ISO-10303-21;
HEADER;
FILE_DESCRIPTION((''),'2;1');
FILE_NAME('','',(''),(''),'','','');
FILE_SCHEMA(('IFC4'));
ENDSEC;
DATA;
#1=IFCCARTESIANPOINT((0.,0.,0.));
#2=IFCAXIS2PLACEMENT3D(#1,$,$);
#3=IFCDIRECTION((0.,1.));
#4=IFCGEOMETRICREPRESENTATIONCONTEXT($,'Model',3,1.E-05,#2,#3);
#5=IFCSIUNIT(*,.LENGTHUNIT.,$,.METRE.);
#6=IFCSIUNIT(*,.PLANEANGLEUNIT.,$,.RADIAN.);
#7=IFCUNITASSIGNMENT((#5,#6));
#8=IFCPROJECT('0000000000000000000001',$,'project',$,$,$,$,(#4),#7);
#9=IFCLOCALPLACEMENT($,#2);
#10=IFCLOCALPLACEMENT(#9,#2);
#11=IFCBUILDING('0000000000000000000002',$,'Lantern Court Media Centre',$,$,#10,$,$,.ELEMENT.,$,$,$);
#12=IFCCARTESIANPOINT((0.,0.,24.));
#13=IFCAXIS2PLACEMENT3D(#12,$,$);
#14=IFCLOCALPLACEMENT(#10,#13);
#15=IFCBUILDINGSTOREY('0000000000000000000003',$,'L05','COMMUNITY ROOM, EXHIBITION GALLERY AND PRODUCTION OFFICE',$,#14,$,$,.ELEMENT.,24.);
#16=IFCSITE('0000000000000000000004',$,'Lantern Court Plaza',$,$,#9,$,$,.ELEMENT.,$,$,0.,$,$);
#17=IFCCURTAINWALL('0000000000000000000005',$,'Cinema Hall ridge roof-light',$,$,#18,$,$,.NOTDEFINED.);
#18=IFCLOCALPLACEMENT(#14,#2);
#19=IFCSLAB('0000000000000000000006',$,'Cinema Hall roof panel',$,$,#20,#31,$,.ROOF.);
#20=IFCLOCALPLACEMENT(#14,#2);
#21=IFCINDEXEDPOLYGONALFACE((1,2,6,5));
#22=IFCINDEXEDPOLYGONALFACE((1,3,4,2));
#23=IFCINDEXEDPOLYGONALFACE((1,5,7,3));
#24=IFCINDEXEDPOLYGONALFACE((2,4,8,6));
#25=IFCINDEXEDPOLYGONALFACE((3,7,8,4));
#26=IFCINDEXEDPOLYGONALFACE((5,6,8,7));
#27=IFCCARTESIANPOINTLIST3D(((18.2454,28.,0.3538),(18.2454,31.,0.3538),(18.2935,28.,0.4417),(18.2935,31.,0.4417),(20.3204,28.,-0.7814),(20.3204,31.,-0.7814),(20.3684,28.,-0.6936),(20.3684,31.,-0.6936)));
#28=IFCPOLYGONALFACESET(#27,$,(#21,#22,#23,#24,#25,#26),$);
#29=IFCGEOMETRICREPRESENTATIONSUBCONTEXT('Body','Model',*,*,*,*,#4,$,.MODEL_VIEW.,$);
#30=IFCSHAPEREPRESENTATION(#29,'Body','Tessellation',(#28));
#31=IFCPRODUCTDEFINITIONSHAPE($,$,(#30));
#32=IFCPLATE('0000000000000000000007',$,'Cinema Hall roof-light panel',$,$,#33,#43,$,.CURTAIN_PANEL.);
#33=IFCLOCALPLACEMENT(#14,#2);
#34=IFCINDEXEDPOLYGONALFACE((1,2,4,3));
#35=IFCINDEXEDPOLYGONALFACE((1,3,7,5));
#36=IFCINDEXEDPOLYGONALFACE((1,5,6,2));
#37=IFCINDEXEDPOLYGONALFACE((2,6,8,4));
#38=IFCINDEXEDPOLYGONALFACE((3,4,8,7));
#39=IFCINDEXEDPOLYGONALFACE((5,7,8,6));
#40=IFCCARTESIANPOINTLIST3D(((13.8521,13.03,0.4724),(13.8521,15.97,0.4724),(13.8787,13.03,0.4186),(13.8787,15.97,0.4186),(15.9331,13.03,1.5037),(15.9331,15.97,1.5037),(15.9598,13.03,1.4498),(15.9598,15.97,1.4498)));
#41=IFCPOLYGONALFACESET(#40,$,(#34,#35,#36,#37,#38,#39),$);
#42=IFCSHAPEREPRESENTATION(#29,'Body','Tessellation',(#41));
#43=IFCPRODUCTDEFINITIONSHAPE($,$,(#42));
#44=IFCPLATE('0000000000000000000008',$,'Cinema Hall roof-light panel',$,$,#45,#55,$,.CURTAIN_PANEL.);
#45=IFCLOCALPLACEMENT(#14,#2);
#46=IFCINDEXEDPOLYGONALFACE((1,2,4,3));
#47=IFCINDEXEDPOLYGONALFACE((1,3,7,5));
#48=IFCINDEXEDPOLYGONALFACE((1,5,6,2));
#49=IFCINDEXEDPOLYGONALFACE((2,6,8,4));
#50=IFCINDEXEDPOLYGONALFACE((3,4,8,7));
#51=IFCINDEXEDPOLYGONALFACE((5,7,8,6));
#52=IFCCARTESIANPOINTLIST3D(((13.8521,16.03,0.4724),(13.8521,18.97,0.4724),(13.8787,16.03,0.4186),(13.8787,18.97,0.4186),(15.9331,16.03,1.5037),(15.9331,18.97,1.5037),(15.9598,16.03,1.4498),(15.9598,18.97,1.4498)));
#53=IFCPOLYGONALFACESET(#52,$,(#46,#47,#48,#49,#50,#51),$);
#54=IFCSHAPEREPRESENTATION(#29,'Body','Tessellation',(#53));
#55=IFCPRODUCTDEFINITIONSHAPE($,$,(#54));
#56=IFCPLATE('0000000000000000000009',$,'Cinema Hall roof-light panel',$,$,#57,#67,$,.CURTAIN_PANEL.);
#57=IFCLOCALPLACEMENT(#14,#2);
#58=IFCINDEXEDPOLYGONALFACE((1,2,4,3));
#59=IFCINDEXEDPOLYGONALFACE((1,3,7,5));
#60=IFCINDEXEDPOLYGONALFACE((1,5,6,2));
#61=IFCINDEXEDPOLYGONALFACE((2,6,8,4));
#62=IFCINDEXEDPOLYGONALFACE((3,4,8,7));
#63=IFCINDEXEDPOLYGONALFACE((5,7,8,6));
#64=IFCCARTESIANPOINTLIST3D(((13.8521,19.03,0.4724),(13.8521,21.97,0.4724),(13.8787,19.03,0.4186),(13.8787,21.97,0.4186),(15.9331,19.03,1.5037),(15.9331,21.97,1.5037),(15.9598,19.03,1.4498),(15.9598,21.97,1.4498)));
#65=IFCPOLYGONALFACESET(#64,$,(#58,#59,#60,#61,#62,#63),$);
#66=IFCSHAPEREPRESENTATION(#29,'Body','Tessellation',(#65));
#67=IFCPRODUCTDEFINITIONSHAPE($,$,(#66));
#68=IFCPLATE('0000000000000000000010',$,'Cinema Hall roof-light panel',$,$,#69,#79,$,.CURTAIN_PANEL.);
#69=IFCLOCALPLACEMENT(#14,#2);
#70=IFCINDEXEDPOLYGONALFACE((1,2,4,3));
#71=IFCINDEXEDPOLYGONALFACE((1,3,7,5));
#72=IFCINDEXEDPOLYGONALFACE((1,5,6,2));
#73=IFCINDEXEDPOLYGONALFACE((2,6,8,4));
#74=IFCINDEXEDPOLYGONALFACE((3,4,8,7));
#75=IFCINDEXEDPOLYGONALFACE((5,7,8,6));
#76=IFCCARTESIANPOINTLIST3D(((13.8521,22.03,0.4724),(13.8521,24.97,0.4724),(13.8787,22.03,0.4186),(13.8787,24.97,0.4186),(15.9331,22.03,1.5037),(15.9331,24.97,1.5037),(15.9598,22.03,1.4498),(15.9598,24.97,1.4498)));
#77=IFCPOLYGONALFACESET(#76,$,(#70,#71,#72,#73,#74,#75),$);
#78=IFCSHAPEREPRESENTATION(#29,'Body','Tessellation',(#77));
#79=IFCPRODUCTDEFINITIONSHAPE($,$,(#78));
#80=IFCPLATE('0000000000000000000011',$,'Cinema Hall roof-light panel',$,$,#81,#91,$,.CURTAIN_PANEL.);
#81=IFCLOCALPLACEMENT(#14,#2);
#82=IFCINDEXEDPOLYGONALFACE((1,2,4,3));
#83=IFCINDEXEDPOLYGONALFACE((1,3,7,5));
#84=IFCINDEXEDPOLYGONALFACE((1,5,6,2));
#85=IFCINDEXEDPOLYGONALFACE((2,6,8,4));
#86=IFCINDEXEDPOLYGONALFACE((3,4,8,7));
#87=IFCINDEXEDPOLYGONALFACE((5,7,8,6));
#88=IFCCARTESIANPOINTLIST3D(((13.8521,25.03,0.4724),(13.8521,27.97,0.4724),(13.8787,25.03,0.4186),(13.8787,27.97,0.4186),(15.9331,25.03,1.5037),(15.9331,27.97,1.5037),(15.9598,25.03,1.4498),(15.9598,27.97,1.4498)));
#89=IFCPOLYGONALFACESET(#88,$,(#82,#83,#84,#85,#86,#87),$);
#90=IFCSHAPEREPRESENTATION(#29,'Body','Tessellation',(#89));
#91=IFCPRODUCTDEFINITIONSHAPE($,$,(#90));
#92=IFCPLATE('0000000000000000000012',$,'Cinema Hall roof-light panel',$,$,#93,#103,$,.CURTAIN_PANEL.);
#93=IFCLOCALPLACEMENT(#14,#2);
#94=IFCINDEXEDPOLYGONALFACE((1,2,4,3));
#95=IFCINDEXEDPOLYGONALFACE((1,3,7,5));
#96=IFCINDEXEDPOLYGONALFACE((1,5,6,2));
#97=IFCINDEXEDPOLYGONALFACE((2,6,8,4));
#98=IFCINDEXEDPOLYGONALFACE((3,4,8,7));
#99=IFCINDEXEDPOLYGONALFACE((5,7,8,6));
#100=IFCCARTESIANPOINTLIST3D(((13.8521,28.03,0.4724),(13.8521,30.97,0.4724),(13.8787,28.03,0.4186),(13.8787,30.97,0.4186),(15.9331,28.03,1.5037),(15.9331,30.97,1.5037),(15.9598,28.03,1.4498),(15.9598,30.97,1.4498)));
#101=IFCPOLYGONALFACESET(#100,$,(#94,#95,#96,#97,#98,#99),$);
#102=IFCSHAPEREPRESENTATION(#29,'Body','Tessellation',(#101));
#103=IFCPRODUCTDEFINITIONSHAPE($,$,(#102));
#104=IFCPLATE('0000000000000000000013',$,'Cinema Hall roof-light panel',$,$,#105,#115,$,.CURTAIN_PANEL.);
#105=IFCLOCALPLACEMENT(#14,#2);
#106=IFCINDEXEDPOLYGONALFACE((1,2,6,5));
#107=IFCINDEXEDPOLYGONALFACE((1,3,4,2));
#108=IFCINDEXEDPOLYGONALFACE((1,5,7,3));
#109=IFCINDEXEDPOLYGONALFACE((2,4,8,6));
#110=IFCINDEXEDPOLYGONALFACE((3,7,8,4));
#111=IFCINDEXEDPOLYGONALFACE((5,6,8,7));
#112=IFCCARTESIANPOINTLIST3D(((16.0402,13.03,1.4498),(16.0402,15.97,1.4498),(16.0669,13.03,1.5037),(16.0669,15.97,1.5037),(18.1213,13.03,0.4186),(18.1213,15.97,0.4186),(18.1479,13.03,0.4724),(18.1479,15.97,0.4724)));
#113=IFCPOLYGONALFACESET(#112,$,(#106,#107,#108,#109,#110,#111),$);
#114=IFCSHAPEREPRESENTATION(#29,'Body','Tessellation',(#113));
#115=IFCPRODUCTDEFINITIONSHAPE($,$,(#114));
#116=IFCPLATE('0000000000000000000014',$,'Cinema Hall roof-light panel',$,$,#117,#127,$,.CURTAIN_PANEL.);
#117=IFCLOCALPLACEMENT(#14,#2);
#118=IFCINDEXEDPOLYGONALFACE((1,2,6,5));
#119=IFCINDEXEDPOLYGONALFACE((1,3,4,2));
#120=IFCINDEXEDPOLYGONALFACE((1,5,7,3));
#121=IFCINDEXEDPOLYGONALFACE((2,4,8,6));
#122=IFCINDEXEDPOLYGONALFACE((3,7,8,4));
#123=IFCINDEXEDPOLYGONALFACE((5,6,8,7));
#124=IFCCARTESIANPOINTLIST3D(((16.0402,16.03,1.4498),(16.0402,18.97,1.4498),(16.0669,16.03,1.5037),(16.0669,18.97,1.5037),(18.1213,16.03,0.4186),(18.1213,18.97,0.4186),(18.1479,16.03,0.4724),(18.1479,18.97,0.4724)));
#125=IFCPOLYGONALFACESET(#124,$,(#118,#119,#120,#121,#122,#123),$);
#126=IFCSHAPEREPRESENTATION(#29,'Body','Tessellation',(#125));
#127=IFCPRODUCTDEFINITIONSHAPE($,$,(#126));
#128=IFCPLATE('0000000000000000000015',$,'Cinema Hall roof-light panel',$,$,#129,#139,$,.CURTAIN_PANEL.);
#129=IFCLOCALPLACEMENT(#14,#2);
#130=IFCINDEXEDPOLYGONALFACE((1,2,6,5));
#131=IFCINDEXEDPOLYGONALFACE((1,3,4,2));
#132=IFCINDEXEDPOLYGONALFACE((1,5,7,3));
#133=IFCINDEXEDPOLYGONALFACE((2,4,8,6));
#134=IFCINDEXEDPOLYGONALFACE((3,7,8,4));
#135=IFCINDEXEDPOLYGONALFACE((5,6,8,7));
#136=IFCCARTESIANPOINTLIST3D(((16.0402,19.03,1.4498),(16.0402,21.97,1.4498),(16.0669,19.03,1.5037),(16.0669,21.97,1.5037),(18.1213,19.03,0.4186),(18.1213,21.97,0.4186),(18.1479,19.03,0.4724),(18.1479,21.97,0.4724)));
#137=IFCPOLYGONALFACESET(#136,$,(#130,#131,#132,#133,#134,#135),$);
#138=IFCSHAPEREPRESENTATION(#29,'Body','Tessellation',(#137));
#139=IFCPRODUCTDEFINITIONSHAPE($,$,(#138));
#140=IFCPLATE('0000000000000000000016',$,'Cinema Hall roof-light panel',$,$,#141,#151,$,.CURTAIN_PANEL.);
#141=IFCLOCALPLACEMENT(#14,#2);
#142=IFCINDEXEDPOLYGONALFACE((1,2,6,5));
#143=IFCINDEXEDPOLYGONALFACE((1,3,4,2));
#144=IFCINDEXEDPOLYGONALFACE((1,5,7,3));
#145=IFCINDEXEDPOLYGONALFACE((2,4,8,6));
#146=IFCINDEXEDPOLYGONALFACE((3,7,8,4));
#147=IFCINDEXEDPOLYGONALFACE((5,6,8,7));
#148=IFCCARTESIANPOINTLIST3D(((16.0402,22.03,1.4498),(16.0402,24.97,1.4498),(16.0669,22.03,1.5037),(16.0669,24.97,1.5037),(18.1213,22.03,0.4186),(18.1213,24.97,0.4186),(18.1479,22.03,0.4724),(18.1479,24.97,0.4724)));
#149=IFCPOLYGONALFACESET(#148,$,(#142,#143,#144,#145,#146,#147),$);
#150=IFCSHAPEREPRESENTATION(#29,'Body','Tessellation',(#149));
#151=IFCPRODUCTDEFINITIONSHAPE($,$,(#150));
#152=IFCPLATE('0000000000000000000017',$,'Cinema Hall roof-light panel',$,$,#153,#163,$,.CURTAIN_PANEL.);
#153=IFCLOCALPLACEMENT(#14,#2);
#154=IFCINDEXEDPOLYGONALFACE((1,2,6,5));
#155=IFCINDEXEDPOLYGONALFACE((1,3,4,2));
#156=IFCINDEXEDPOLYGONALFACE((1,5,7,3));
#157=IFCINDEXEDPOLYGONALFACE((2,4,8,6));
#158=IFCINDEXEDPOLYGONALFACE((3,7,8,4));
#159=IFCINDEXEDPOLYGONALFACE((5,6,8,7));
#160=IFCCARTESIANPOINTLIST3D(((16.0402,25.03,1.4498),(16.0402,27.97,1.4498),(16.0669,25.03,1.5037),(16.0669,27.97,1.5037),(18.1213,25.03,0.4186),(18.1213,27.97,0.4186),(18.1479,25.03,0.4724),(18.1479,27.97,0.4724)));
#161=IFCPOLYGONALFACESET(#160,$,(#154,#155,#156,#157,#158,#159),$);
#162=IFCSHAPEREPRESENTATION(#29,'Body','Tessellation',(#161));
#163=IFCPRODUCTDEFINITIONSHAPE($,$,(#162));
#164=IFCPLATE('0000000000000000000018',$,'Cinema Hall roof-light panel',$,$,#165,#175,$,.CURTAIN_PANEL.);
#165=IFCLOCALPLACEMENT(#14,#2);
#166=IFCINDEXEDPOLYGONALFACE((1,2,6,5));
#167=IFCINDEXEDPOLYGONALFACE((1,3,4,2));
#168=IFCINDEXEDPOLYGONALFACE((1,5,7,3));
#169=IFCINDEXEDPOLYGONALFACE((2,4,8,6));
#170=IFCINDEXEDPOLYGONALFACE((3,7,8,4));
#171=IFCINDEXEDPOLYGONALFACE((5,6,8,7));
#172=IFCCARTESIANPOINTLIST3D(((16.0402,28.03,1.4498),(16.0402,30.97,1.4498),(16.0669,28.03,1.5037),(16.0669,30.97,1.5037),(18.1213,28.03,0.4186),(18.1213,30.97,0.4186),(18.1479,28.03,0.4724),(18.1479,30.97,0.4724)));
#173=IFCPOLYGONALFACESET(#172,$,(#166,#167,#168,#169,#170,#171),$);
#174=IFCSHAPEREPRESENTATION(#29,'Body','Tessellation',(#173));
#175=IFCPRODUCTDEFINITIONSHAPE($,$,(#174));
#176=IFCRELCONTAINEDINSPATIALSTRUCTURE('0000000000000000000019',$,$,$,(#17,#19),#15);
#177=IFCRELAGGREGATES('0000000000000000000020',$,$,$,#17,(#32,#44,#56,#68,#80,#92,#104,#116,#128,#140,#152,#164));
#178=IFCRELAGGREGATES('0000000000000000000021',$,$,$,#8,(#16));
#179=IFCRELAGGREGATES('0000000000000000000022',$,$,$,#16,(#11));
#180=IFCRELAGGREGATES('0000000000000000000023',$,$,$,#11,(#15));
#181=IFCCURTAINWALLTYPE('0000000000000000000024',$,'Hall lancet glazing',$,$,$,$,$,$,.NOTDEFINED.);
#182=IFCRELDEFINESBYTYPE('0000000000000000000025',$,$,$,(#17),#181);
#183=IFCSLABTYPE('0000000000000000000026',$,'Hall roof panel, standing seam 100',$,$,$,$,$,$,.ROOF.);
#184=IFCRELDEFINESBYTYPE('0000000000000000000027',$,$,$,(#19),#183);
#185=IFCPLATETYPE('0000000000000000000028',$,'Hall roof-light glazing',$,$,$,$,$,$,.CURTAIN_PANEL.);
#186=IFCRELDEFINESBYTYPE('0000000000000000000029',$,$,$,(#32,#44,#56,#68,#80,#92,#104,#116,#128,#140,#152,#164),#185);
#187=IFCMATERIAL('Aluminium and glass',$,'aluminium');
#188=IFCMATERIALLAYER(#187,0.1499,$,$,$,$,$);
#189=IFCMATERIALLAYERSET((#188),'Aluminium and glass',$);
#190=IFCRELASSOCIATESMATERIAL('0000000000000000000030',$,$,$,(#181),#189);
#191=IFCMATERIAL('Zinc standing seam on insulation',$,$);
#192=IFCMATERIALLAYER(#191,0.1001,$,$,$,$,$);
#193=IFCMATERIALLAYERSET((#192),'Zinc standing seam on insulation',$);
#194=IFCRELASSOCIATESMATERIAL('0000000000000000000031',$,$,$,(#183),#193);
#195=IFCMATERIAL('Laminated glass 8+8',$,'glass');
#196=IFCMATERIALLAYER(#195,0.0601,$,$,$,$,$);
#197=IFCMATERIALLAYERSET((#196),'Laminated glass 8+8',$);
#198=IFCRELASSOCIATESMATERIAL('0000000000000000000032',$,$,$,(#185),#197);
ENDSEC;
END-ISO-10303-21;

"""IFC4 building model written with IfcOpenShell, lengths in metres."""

from ifc_helpers import new_model, si_unit, direction, frame, origin, place, context, subcontext, project, spatial, polyline, outline, extrude, material, layer, layer_set, type_object, element, aggregate, save


model = new_model("IFC4")

# Units and contexts
model_context = context("Model", 3, precision=1e-05, world=origin(), true_north=direction((0.0, 1.0)))
body_context = subcontext(model_context, "Body", "Model", "MODEL_VIEW")
ifc_project = project(units=[si_unit("LENGTHUNIT", "METRE"), si_unit("PLANEANGLEUNIT", "RADIAN")], contexts=[model_context])

# Site, building, storey
site_placement = place(None, origin())
site = spatial("IfcSite", under=ifc_project, at=site_placement, Name="Lantern Court Plaza", CompositionType="ELEMENT", RefElevation=0.0)
building_placement = place(site_placement, origin())
building = spatial("IfcBuilding", under=site, at=building_placement, Name="Lantern Court Media Centre", CompositionType="ELEMENT")
storey_placement = place(building_placement, frame((0.0, 0.0, 24.0)))
storey = spatial("IfcBuildingStorey", under=building, at=storey_placement, Name="L05", Description="COMMUNITY ROOM, EXHIBITION GALLERY AND PRODUCTION OFFICE", CompositionType="ELEMENT", Elevation=24.0)

# Curtain wall
ifc_material_1 = material(Name="Aluminium and glass", Category="aluminium")
ifc_layer_1 = layer(ifc_material_1, 0.1499)
ifc_layer_set_1 = layer_set([ifc_layer_1], Name="Aluminium and glass")
curtain_wall_type = type_object("IfcCurtainWallType", Name="Hall lancet glazing", PredefinedType="NOTDEFINED", material=ifc_layer_set_1)
curtain_wall_placement = place(storey_placement, origin())
curtain_wall = element("IfcCurtainWall", 1, at=curtain_wall_placement, inside=storey, type_object=curtain_wall_type, Name="Cinema Hall ridge roof-light", PredefinedType="NOTDEFINED")

# Slab
ifc_material_2 = material(Name="Zinc standing seam on insulation")
ifc_layer_2 = layer(ifc_material_2, 0.1001)
ifc_layer_set_2 = layer_set([ifc_layer_2], Name="Zinc standing seam on insulation")
slab_type = type_object("IfcSlabType", Name="Hall roof panel, standing seam 100", PredefinedType="ROOF", material=ifc_layer_set_2)
for number, where, z_axis, x_axis, name in (
    (2, (18.2935, 28.0, 0.4417), (0.47998, 0.0, 0.877279), (0.877279, 0.0, -0.47998), "Cinema Hall roof panel"),
):
    element("IfcSlab", number, at=place(storey_placement, frame(where, z_axis=z_axis, x_axis=x_axis)), inside=storey, type_object=slab_type, Name=name, PredefinedType="ROOF", context=body_context, shape_type="SweptSolid", body=[
        extrude(outline(polyline([(0.0, 0.0), (2.3652, 0.0), (2.3652, 3.0), (0.0, 3.0), (0.0, 0.0)])), origin(), (0.0, 0.0, -1.0), 0.1001),
    ])

# Plates
ifc_material_3 = material(Name="Laminated glass 8+8", Category="glass")
ifc_layer_3 = layer(ifc_material_3, 0.0601)
ifc_layer_set_3 = layer_set([ifc_layer_3], Name="Laminated glass 8+8")
plate_type = type_object("IfcPlateType", Name="Hall roof-light glazing", PredefinedType="CURTAIN_PANEL", material=ifc_layer_set_3)
plate_1_placement = place(storey_placement, frame((13.8521, 13.03, 0.4724), z_axis=(-0.444015, 0.0, 0.896019), x_axis=(0.896019, 0.0, 0.444015)))
plate_1 = element("IfcPlate", 3, at=plate_1_placement, type_object=plate_type, Name="Cinema Hall roof-light panel", PredefinedType="CURTAIN_PANEL", context=body_context, shape_type="SweptSolid", body=[
    extrude(outline(polyline([(0.0, 0.0), (2.3226, 0.0), (2.3226, 2.9399), (0.0, 2.9399), (0.0, 0.0)])), origin(), (0.0, 0.0, -1.0), 0.0601),
])
plate_2_placement = place(storey_placement, frame((13.8521, 16.03, 0.4724), z_axis=(-0.444015, 0.0, 0.896019), x_axis=(0.896019, 0.0, 0.444015)))
plate_2 = element("IfcPlate", 4, at=plate_2_placement, type_object=plate_type, Name="Cinema Hall roof-light panel", PredefinedType="CURTAIN_PANEL", context=body_context, shape_type="SweptSolid", body=[
    extrude(outline(polyline([(0.0, 0.0), (2.3226, 0.0), (2.3226, 2.9399), (0.0, 2.9399), (0.0, 0.0)])), origin(), (0.0, 0.0, -1.0), 0.0601),
])
plate_3_placement = place(storey_placement, frame((13.8521, 19.03, 0.4724), z_axis=(-0.444015, 0.0, 0.896019), x_axis=(0.896019, 0.0, 0.444015)))
plate_3 = element("IfcPlate", 5, at=plate_3_placement, type_object=plate_type, Name="Cinema Hall roof-light panel", PredefinedType="CURTAIN_PANEL", context=body_context, shape_type="SweptSolid", body=[
    extrude(outline(polyline([(0.0, 0.0), (2.3226, 0.0), (2.3226, 2.9399), (0.0, 2.9399), (0.0, 0.0)])), origin(), (0.0, 0.0, -1.0), 0.0601),
])
plate_4_placement = place(storey_placement, frame((13.8521, 22.03, 0.4724), z_axis=(-0.444015, 0.0, 0.896019), x_axis=(0.896019, 0.0, 0.444015)))
plate_4 = element("IfcPlate", 6, at=plate_4_placement, type_object=plate_type, Name="Cinema Hall roof-light panel", PredefinedType="CURTAIN_PANEL", context=body_context, shape_type="SweptSolid", body=[
    extrude(outline(polyline([(0.0, 0.0), (2.3226, 0.0), (2.3226, 2.9399), (0.0, 2.9399), (0.0, 0.0)])), origin(), (0.0, 0.0, -1.0), 0.0601),
])
plate_5_placement = place(storey_placement, frame((13.8521, 25.03, 0.4724), z_axis=(-0.444015, 0.0, 0.896019), x_axis=(0.896019, 0.0, 0.444015)))
plate_5 = element("IfcPlate", 7, at=plate_5_placement, type_object=plate_type, Name="Cinema Hall roof-light panel", PredefinedType="CURTAIN_PANEL", context=body_context, shape_type="SweptSolid", body=[
    extrude(outline(polyline([(0.0, 0.0), (2.3226, 0.0), (2.3226, 2.9399), (0.0, 2.9399), (0.0, 0.0)])), origin(), (0.0, 0.0, -1.0), 0.0601),
])
plate_6_placement = place(storey_placement, frame((13.8521, 28.03, 0.4724), z_axis=(-0.444015, 0.0, 0.896019), x_axis=(0.896019, 0.0, 0.444015)))
plate_6 = element("IfcPlate", 8, at=plate_6_placement, type_object=plate_type, Name="Cinema Hall roof-light panel", PredefinedType="CURTAIN_PANEL", context=body_context, shape_type="SweptSolid", body=[
    extrude(outline(polyline([(0.0, 0.0), (2.3226, 0.0), (2.3226, 2.9399), (0.0, 2.9399), (0.0, 0.0)])), origin(), (0.0, 0.0, -1.0), 0.0601),
])
plate_7_placement = place(storey_placement, frame((16.0669, 13.03, 1.5037), z_axis=(0.444015, 0.0, 0.896019), x_axis=(0.896019, 0.0, -0.444015)))
plate_7 = element("IfcPlate", 9, at=plate_7_placement, type_object=plate_type, Name="Cinema Hall roof-light panel", PredefinedType="CURTAIN_PANEL", context=body_context, shape_type="SweptSolid", body=[
    extrude(outline(polyline([(0.0, 0.0), (2.3226, 0.0), (2.3226, 2.9399), (0.0, 2.9399), (0.0, 0.0)])), origin(), (0.0, 0.0, -1.0), 0.0601),
])
plate_8_placement = place(storey_placement, frame((16.0669, 16.03, 1.5037), z_axis=(0.444015, 0.0, 0.896019), x_axis=(0.896019, 0.0, -0.444015)))
plate_8 = element("IfcPlate", 10, at=plate_8_placement, type_object=plate_type, Name="Cinema Hall roof-light panel", PredefinedType="CURTAIN_PANEL", context=body_context, shape_type="SweptSolid", body=[
    extrude(outline(polyline([(0.0, 0.0), (2.3226, 0.0), (2.3226, 2.9399), (0.0, 2.9399), (0.0, 0.0)])), origin(), (0.0, 0.0, -1.0), 0.0601),
])
plate_9_placement = place(storey_placement, frame((16.0669, 19.03, 1.5037), z_axis=(0.444015, 0.0, 0.896019), x_axis=(0.896019, 0.0, -0.444015)))
plate_9 = element("IfcPlate", 11, at=plate_9_placement, type_object=plate_type, Name="Cinema Hall roof-light panel", PredefinedType="CURTAIN_PANEL", context=body_context, shape_type="SweptSolid", body=[
    extrude(outline(polyline([(0.0, 0.0), (2.3226, 0.0), (2.3226, 2.9399), (0.0, 2.9399), (0.0, 0.0)])), origin(), (0.0, 0.0, -1.0), 0.0601),
])
plate_10_placement = place(storey_placement, frame((16.0669, 22.03, 1.5037), z_axis=(0.444015, 0.0, 0.896019), x_axis=(0.896019, 0.0, -0.444015)))
plate_10 = element("IfcPlate", 12, at=plate_10_placement, type_object=plate_type, Name="Cinema Hall roof-light panel", PredefinedType="CURTAIN_PANEL", context=body_context, shape_type="SweptSolid", body=[
    extrude(outline(polyline([(0.0, 0.0), (2.3226, 0.0), (2.3226, 2.9399), (0.0, 2.9399), (0.0, 0.0)])), origin(), (0.0, 0.0, -1.0), 0.0601),
])
plate_11_placement = place(storey_placement, frame((16.0669, 25.03, 1.5037), z_axis=(0.444015, 0.0, 0.896019), x_axis=(0.896019, 0.0, -0.444015)))
plate_11 = element("IfcPlate", 13, at=plate_11_placement, type_object=plate_type, Name="Cinema Hall roof-light panel", PredefinedType="CURTAIN_PANEL", context=body_context, shape_type="SweptSolid", body=[
    extrude(outline(polyline([(0.0, 0.0), (2.3226, 0.0), (2.3226, 2.9399), (0.0, 2.9399), (0.0, 0.0)])), origin(), (0.0, 0.0, -1.0), 0.0601),
])
plate_12_placement = place(storey_placement, frame((16.0669, 28.03, 1.5037), z_axis=(0.444015, 0.0, 0.896019), x_axis=(0.896019, 0.0, -0.444015)))
plate_12 = element("IfcPlate", 14, at=plate_12_placement, type_object=plate_type, Name="Cinema Hall roof-light panel", PredefinedType="CURTAIN_PANEL", context=body_context, shape_type="SweptSolid", body=[
    extrude(outline(polyline([(0.0, 0.0), (2.3226, 0.0), (2.3226, 2.9399), (0.0, 2.9399), (0.0, 0.0)])), origin(), (0.0, 0.0, -1.0), 0.0601),
])
aggregate(curtain_wall, [plate_1, plate_2, plate_3, plate_4, plate_5, plate_6, plate_7, plate_8, plate_9, plate_10, plate_11, plate_12])

save(model, "model.ifc")
